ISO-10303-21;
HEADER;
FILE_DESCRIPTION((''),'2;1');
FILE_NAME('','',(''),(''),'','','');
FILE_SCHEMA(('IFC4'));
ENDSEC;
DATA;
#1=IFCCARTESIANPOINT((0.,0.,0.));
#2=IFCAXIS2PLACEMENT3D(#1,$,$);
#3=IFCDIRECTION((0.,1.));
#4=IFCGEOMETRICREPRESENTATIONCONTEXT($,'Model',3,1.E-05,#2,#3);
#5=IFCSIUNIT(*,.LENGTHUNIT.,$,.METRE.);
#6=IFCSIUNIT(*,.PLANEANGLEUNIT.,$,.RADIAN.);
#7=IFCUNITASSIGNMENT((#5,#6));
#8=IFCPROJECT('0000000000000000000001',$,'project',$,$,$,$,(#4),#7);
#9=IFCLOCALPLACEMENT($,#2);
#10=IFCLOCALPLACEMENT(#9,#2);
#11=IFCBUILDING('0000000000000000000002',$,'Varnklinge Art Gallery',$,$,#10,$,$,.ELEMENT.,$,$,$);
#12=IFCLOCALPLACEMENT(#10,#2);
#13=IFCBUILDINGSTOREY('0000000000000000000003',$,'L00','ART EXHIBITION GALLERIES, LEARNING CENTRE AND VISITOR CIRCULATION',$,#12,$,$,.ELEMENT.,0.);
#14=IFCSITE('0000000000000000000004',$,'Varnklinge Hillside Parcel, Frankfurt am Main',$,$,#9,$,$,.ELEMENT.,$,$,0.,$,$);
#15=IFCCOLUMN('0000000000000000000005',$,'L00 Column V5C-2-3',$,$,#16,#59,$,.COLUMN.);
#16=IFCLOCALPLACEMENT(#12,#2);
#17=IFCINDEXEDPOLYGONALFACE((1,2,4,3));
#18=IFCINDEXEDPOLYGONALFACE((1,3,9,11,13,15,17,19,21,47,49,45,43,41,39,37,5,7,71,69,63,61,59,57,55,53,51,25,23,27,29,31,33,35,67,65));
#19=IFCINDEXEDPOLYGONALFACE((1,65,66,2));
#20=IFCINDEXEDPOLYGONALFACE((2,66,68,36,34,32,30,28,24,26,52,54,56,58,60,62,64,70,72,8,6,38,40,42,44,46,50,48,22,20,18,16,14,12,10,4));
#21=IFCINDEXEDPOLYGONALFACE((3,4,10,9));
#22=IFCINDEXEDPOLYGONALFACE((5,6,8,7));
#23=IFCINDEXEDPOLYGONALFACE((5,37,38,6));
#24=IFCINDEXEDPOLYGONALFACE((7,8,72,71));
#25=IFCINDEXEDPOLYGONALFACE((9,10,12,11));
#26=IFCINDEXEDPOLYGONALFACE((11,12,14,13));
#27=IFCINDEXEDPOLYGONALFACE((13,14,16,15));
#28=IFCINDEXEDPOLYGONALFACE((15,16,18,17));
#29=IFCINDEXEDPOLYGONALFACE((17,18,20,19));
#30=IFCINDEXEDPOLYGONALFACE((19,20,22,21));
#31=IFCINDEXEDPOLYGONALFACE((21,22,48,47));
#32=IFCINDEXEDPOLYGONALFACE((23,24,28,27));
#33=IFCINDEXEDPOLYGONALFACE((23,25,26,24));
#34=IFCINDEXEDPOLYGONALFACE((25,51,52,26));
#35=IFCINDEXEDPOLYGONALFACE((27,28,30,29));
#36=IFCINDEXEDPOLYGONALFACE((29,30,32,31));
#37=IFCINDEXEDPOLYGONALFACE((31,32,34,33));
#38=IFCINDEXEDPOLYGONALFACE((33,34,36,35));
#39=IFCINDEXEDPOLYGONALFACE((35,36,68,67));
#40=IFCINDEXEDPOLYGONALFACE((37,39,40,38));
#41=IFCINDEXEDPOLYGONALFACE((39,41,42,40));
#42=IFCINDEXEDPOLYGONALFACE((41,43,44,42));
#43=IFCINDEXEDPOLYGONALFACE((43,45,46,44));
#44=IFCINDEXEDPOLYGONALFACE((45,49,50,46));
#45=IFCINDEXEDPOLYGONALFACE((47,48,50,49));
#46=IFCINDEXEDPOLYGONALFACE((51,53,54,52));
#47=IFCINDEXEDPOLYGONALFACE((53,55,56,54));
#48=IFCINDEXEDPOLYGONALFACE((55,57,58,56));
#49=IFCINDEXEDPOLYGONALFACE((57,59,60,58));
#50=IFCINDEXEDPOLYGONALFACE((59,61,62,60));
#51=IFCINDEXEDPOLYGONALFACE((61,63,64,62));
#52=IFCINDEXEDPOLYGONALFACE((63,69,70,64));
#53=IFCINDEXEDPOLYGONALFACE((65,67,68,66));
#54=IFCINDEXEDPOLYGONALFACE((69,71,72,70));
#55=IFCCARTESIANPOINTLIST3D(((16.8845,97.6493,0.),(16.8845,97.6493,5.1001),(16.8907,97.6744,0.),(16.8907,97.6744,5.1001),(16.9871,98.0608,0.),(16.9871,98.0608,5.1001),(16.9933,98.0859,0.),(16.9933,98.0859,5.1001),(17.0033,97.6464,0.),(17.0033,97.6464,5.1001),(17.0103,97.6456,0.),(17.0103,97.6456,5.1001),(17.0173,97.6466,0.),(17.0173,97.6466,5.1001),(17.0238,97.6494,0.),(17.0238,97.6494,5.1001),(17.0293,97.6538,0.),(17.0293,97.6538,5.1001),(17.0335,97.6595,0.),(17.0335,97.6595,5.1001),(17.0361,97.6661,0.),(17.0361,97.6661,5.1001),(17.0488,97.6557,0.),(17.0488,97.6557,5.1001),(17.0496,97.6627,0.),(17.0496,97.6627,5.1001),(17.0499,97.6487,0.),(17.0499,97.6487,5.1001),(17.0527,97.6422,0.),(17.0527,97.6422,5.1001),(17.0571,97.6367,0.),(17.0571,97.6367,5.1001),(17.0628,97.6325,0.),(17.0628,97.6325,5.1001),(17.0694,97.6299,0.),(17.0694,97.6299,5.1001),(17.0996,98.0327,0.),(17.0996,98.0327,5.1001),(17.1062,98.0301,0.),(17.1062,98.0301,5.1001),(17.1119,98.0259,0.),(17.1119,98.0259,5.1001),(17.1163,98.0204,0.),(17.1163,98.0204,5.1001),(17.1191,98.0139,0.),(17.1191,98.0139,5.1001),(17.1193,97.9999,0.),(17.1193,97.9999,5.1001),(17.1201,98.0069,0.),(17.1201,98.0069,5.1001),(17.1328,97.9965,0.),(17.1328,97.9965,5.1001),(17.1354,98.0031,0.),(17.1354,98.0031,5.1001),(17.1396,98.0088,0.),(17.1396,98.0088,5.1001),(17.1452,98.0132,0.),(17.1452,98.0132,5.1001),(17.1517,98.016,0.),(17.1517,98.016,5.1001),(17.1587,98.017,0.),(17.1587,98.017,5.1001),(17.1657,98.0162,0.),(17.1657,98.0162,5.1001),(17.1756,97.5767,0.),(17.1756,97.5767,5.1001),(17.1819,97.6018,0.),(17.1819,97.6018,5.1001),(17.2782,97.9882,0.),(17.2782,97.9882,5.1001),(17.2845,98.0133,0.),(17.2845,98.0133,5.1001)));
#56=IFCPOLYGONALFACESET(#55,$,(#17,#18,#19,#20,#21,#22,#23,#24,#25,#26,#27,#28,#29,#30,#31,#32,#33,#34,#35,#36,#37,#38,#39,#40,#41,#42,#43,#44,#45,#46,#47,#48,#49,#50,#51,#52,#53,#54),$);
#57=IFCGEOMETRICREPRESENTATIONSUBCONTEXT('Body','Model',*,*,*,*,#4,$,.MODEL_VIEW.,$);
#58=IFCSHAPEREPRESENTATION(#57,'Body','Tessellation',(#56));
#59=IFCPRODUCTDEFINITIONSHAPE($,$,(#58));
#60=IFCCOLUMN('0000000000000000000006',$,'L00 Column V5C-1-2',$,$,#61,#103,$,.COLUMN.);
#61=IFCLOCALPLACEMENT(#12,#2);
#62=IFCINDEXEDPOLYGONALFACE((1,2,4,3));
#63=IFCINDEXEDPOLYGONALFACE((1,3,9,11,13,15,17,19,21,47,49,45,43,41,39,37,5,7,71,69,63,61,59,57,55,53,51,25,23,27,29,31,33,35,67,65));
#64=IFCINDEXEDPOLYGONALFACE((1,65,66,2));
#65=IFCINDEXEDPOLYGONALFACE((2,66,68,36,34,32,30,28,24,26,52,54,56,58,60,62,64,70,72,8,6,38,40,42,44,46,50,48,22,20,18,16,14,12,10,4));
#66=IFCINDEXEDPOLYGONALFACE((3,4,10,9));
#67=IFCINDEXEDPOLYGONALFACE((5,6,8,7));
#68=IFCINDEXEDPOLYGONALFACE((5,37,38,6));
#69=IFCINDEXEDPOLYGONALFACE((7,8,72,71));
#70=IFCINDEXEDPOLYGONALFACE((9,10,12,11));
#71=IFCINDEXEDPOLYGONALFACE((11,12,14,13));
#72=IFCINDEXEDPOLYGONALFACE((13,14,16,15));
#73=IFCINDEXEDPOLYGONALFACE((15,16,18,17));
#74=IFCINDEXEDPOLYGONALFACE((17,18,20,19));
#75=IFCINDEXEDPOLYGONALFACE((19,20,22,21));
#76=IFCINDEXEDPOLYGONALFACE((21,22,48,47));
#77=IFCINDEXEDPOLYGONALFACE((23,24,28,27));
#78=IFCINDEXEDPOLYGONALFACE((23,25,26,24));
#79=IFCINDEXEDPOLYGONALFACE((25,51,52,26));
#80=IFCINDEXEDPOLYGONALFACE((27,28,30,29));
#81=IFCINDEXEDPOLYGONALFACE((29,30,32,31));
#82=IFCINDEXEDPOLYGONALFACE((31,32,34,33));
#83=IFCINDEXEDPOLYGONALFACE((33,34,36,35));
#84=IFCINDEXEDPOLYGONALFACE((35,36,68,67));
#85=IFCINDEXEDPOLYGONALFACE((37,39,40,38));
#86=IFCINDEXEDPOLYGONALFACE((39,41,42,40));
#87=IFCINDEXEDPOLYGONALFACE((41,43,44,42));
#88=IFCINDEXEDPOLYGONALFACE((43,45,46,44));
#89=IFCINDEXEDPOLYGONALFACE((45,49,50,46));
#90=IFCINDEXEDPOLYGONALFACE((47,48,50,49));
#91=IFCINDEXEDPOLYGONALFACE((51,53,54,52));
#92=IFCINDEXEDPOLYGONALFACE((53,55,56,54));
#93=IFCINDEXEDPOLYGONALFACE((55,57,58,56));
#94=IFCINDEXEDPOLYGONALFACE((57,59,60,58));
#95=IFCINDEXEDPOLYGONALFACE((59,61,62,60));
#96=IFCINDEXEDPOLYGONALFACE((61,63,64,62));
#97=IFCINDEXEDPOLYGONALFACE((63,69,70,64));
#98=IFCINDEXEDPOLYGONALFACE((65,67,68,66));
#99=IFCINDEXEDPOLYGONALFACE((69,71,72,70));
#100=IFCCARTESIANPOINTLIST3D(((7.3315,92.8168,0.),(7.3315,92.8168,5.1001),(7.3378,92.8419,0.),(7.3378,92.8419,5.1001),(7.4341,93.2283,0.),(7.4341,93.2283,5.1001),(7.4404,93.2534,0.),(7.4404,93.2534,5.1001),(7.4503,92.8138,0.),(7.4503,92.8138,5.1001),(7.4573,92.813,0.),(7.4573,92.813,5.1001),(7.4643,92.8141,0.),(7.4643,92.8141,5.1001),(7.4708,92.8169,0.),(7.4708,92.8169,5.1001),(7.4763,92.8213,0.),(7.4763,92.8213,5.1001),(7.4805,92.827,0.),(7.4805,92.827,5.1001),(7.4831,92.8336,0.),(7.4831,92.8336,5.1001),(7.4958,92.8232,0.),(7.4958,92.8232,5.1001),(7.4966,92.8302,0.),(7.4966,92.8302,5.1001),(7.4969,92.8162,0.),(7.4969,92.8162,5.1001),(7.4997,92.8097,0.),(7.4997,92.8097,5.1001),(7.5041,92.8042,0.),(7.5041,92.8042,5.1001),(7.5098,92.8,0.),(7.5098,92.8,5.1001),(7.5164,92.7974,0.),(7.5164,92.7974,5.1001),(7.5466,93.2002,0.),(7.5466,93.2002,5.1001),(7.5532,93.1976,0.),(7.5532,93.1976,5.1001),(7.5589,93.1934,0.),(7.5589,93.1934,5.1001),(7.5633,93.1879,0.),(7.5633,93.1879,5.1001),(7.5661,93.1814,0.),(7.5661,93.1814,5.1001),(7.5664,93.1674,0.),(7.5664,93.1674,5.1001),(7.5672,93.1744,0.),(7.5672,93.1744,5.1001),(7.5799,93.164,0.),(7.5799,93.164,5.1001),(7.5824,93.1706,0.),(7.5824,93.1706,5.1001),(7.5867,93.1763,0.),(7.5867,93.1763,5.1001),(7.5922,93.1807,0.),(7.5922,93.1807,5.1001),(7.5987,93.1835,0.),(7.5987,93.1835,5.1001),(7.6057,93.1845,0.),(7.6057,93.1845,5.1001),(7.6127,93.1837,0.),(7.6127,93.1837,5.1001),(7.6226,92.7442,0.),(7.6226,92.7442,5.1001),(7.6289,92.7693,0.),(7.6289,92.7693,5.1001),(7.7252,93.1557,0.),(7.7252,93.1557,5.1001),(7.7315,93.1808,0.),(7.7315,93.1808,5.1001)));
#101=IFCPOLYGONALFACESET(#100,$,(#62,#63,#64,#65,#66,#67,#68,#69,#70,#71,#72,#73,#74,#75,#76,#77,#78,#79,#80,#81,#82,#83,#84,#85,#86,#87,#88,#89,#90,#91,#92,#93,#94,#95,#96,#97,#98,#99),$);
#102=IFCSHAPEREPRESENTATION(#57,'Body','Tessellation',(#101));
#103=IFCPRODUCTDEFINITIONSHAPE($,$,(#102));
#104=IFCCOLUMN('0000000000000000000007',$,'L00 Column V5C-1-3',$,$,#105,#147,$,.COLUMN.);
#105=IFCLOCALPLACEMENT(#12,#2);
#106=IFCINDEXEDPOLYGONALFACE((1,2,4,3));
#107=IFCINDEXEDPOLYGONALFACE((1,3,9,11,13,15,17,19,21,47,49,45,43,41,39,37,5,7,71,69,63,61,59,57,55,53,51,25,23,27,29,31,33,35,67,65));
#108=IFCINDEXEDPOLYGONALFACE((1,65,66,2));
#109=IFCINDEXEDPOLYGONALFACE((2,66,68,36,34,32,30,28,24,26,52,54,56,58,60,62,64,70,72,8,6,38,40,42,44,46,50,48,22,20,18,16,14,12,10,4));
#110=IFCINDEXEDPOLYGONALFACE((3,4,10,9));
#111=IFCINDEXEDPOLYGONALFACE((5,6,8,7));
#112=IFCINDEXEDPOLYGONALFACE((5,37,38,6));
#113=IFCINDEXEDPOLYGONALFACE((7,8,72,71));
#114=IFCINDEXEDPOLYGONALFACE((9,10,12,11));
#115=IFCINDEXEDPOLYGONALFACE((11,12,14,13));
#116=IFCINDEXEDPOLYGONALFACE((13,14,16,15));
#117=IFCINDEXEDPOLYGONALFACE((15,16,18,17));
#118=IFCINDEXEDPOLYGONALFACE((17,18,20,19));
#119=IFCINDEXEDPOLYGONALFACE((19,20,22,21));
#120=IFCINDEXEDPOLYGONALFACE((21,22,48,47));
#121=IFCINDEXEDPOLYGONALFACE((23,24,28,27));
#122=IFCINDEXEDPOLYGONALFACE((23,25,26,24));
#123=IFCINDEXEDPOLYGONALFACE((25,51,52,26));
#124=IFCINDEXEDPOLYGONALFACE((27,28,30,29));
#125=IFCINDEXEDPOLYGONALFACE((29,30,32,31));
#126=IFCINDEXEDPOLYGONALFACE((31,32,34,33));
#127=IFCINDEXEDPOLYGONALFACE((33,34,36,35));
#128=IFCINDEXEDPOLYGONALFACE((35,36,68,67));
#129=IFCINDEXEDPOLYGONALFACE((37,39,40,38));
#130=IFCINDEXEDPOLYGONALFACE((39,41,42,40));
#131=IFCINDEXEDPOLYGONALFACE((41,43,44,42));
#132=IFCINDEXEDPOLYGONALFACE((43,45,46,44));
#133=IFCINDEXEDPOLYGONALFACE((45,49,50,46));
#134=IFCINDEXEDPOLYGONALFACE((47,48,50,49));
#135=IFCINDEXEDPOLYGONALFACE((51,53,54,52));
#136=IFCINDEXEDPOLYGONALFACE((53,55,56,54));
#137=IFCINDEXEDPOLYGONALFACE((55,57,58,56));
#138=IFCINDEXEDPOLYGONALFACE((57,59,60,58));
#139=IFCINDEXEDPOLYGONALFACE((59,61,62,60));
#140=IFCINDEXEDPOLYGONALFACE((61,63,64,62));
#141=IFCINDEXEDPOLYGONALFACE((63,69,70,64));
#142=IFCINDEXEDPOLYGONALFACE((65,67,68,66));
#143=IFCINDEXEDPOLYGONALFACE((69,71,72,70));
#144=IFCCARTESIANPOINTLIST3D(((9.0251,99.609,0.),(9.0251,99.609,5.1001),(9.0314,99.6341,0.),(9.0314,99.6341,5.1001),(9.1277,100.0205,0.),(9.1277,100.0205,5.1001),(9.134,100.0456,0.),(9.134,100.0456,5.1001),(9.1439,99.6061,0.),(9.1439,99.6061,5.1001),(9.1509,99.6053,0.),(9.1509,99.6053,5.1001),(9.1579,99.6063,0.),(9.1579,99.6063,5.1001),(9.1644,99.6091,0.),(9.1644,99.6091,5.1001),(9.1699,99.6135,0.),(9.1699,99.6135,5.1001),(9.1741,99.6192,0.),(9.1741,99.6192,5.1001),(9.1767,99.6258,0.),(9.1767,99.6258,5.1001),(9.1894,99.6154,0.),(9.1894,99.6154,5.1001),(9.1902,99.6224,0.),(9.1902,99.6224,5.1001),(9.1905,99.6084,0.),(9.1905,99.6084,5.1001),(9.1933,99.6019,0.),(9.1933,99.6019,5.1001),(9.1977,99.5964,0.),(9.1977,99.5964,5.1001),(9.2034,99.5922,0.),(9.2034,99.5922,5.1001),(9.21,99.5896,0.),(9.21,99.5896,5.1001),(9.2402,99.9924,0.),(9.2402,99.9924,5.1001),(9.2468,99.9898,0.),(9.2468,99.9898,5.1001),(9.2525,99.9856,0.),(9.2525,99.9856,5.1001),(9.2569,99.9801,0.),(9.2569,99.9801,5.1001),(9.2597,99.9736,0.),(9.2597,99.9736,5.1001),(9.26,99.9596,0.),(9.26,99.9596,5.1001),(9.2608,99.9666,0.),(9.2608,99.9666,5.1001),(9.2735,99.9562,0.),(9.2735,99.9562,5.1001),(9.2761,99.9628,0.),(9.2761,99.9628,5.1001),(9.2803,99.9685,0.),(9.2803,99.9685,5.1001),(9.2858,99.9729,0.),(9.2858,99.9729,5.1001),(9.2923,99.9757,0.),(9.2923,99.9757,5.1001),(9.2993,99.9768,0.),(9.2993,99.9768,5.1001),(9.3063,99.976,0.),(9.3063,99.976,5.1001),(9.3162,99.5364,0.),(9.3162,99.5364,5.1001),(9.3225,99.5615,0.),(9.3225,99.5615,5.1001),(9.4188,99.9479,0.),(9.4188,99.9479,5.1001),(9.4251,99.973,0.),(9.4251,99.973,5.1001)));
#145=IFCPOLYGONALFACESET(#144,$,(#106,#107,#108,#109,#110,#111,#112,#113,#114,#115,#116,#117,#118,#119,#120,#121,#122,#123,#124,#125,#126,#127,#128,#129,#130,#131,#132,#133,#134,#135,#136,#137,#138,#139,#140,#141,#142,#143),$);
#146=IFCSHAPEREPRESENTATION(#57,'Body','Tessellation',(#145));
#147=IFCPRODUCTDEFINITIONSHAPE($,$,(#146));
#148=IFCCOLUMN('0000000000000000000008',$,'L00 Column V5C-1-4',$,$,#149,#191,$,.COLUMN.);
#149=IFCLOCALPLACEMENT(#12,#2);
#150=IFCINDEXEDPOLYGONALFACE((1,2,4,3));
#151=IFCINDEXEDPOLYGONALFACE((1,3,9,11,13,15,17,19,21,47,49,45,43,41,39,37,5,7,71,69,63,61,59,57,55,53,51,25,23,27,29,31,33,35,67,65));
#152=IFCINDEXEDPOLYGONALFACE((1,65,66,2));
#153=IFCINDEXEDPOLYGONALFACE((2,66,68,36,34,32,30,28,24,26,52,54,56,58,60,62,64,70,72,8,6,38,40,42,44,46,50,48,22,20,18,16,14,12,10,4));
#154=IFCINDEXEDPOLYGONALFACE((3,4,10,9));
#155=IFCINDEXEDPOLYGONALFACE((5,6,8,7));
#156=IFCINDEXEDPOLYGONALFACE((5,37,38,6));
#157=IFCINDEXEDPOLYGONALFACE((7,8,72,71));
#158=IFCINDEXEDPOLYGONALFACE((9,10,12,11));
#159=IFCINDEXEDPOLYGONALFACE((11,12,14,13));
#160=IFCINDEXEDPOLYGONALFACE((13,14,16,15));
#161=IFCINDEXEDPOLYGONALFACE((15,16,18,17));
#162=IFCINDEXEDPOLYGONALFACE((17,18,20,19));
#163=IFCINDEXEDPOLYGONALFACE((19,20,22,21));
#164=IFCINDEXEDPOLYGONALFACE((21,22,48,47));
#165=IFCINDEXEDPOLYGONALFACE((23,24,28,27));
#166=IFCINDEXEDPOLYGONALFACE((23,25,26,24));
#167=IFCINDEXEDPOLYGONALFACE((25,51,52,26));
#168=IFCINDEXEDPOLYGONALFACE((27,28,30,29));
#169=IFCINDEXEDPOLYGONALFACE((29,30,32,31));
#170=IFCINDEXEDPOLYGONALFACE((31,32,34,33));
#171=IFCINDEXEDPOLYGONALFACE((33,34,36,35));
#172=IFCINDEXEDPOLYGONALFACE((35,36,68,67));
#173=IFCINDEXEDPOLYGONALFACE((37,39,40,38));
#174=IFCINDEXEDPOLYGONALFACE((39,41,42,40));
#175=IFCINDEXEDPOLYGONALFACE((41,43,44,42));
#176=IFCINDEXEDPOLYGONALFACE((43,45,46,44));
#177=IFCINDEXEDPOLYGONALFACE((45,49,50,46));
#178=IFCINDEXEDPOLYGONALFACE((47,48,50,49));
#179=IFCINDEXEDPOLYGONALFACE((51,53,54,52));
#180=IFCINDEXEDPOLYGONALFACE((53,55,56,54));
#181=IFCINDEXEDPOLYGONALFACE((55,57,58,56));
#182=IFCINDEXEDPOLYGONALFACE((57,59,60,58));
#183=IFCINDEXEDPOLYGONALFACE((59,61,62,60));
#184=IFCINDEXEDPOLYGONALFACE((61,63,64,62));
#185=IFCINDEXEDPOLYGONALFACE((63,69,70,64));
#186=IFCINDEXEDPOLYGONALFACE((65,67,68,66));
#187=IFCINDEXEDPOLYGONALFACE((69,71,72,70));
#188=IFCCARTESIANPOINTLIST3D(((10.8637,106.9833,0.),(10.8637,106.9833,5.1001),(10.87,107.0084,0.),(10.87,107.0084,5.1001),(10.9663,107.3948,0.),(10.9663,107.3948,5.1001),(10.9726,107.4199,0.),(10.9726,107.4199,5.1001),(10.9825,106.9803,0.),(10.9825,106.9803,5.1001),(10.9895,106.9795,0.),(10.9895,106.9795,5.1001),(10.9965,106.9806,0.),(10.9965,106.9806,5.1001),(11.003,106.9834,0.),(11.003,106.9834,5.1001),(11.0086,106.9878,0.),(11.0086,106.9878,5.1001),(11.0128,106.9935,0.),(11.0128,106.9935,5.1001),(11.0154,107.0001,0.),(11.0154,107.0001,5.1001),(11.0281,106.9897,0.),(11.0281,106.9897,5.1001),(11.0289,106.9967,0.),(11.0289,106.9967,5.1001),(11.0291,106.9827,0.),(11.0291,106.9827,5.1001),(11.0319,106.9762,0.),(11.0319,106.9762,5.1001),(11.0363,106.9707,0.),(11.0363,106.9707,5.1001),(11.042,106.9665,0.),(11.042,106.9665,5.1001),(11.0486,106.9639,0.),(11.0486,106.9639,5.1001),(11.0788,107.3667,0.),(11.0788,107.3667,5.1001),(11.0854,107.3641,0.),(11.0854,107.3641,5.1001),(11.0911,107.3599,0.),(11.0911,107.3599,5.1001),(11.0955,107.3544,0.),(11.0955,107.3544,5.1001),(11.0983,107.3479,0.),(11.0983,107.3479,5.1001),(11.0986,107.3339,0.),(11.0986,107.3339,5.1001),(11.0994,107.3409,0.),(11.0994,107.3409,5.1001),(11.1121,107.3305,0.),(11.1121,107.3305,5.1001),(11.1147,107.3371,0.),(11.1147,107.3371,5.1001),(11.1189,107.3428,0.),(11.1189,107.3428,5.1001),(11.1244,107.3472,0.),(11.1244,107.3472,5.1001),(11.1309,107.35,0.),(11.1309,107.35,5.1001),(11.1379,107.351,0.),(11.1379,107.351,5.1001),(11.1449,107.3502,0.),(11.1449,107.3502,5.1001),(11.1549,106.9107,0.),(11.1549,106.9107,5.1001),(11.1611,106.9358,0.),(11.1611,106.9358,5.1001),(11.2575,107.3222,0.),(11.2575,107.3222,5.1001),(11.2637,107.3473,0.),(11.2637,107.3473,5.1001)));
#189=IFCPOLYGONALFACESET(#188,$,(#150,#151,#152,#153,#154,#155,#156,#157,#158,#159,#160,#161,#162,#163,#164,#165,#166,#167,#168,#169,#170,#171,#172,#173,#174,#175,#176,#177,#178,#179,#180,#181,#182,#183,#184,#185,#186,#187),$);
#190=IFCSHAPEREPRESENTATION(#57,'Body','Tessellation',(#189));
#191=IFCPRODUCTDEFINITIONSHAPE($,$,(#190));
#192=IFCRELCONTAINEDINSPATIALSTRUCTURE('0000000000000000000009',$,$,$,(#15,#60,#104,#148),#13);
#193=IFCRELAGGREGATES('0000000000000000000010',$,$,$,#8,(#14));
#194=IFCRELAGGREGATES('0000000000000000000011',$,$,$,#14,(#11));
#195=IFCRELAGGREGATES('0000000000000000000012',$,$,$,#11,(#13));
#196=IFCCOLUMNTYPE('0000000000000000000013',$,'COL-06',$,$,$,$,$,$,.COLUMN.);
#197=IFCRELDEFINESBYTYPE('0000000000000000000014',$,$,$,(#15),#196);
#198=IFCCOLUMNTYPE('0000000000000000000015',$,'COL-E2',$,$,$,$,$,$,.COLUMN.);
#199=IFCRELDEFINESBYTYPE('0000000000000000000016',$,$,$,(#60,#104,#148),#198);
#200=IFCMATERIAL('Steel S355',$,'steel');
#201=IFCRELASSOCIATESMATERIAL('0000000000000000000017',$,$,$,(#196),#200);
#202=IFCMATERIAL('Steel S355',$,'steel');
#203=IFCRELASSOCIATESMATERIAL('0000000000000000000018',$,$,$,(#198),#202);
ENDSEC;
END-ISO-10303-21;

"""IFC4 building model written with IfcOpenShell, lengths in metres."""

from ifc_helpers import new_model, si_unit, direction, frame, origin, origin_2d, place, context, subcontext, project, spatial, i_section, extrude, material, material_profile, profile_set, type_object, element, save


model = new_model("IFC4")

# Units and contexts
model_context = context("Model", 3, precision=1e-05, world=origin(), true_north=direction((0.0, 1.0)))
body_context = subcontext(model_context, "Body", "Model", "MODEL_VIEW")
ifc_project = project(units=[si_unit("LENGTHUNIT", "METRE"), si_unit("PLANEANGLEUNIT", "RADIAN")], contexts=[model_context])

# Site, building, storey
site_placement = place(None, origin())
site = spatial("IfcSite", under=ifc_project, at=site_placement, Name="Varnklinge Hillside Parcel, Frankfurt am Main", CompositionType="ELEMENT", RefElevation=0.0)
building_placement = place(site_placement, origin())
building = spatial("IfcBuilding", under=site, at=building_placement, Name="Varnklinge Art Gallery", CompositionType="ELEMENT")
storey_placement = place(building_placement, origin())
storey = spatial("IfcBuildingStorey", under=building, at=storey_placement, Name="L00", Description="ART EXHIBITION GALLERIES, LEARNING CENTRE AND VISITOR CIRCULATION", CompositionType="ELEMENT", Elevation=0.0)

# Columns
ifc_material_1 = material(Name="Steel S355", Category="steel")
ifc_material_profile_1 = material_profile(ifc_material_1, i_section(OverallWidth=0.3, OverallDepth=0.45, WebThickness=0.0139, FlangeThickness=0.0259, FilletRadius=0.0271, at=origin_2d()), Name="HEB 450")
ifc_profile_set_1 = profile_set([ifc_material_profile_1], Name="Steel S355")
column_type_1 = type_object("IfcColumnType", Name="COL-06", PredefinedType="COLUMN", material=ifc_profile_set_1)
column_placement = place(storey_placement, frame((17.0845, 97.8313, 0.0), z_axis=(0.0, 0.0, 1.0), x_axis=(0.970296, -0.241922, 0.0)))
element("IfcColumn", 1, at=column_placement, inside=storey, type_object=column_type_1, Name="L00 Column V5C-2-3", PredefinedType="COLUMN", context=body_context, shape_type="SweptSolid", body=[
    extrude(i_section(OverallWidth=0.3, OverallDepth=0.45, WebThickness=0.0139, FlangeThickness=0.0259, FilletRadius=0.0271, at=origin_2d()), origin(), (0.0, 0.0, 1.0), 5.1001),
])
ifc_material_2 = material(Name="Steel S355", Category="steel")
ifc_material_profile_2 = material_profile(ifc_material_2, i_section(OverallWidth=0.3, OverallDepth=0.45, WebThickness=0.0139, FlangeThickness=0.0259, FilletRadius=0.0271, at=origin_2d()), Name="HEB 450")
ifc_profile_set_2 = profile_set([ifc_material_profile_2], Name="Steel S355")
column_type_2 = type_object("IfcColumnType", Name="COL-E2", PredefinedType="COLUMN", material=ifc_profile_set_2)
for number, where, z_axis, x_axis, name in (
    (2, (7.5315, 92.9988, 0.0), (0.0, 0.0, 1.0), (0.970296, -0.241922, 0.0), "L00 Column V5C-1-2"),
    (3, (9.2251, 99.791, 0.0), (0.0, 0.0, 1.0), (0.970296, -0.241922, 0.0), "L00 Column V5C-1-3"),
    (4, (11.0637, 107.1653, 0.0), (0.0, 0.0, 1.0), (0.970296, -0.241922, 0.0), "L00 Column V5C-1-4"),
):
    element("IfcColumn", number, at=place(storey_placement, frame(where, z_axis=z_axis, x_axis=x_axis)), inside=storey, type_object=column_type_2, Name=name, PredefinedType="COLUMN", context=body_context, shape_type="SweptSolid", body=[
        extrude(i_section(OverallWidth=0.3, OverallDepth=0.45, WebThickness=0.0139, FlangeThickness=0.0259, FilletRadius=0.0271, at=origin_2d()), origin(), (0.0, 0.0, 1.0), 5.1001),
    ])

save(model, "model.ifc")
